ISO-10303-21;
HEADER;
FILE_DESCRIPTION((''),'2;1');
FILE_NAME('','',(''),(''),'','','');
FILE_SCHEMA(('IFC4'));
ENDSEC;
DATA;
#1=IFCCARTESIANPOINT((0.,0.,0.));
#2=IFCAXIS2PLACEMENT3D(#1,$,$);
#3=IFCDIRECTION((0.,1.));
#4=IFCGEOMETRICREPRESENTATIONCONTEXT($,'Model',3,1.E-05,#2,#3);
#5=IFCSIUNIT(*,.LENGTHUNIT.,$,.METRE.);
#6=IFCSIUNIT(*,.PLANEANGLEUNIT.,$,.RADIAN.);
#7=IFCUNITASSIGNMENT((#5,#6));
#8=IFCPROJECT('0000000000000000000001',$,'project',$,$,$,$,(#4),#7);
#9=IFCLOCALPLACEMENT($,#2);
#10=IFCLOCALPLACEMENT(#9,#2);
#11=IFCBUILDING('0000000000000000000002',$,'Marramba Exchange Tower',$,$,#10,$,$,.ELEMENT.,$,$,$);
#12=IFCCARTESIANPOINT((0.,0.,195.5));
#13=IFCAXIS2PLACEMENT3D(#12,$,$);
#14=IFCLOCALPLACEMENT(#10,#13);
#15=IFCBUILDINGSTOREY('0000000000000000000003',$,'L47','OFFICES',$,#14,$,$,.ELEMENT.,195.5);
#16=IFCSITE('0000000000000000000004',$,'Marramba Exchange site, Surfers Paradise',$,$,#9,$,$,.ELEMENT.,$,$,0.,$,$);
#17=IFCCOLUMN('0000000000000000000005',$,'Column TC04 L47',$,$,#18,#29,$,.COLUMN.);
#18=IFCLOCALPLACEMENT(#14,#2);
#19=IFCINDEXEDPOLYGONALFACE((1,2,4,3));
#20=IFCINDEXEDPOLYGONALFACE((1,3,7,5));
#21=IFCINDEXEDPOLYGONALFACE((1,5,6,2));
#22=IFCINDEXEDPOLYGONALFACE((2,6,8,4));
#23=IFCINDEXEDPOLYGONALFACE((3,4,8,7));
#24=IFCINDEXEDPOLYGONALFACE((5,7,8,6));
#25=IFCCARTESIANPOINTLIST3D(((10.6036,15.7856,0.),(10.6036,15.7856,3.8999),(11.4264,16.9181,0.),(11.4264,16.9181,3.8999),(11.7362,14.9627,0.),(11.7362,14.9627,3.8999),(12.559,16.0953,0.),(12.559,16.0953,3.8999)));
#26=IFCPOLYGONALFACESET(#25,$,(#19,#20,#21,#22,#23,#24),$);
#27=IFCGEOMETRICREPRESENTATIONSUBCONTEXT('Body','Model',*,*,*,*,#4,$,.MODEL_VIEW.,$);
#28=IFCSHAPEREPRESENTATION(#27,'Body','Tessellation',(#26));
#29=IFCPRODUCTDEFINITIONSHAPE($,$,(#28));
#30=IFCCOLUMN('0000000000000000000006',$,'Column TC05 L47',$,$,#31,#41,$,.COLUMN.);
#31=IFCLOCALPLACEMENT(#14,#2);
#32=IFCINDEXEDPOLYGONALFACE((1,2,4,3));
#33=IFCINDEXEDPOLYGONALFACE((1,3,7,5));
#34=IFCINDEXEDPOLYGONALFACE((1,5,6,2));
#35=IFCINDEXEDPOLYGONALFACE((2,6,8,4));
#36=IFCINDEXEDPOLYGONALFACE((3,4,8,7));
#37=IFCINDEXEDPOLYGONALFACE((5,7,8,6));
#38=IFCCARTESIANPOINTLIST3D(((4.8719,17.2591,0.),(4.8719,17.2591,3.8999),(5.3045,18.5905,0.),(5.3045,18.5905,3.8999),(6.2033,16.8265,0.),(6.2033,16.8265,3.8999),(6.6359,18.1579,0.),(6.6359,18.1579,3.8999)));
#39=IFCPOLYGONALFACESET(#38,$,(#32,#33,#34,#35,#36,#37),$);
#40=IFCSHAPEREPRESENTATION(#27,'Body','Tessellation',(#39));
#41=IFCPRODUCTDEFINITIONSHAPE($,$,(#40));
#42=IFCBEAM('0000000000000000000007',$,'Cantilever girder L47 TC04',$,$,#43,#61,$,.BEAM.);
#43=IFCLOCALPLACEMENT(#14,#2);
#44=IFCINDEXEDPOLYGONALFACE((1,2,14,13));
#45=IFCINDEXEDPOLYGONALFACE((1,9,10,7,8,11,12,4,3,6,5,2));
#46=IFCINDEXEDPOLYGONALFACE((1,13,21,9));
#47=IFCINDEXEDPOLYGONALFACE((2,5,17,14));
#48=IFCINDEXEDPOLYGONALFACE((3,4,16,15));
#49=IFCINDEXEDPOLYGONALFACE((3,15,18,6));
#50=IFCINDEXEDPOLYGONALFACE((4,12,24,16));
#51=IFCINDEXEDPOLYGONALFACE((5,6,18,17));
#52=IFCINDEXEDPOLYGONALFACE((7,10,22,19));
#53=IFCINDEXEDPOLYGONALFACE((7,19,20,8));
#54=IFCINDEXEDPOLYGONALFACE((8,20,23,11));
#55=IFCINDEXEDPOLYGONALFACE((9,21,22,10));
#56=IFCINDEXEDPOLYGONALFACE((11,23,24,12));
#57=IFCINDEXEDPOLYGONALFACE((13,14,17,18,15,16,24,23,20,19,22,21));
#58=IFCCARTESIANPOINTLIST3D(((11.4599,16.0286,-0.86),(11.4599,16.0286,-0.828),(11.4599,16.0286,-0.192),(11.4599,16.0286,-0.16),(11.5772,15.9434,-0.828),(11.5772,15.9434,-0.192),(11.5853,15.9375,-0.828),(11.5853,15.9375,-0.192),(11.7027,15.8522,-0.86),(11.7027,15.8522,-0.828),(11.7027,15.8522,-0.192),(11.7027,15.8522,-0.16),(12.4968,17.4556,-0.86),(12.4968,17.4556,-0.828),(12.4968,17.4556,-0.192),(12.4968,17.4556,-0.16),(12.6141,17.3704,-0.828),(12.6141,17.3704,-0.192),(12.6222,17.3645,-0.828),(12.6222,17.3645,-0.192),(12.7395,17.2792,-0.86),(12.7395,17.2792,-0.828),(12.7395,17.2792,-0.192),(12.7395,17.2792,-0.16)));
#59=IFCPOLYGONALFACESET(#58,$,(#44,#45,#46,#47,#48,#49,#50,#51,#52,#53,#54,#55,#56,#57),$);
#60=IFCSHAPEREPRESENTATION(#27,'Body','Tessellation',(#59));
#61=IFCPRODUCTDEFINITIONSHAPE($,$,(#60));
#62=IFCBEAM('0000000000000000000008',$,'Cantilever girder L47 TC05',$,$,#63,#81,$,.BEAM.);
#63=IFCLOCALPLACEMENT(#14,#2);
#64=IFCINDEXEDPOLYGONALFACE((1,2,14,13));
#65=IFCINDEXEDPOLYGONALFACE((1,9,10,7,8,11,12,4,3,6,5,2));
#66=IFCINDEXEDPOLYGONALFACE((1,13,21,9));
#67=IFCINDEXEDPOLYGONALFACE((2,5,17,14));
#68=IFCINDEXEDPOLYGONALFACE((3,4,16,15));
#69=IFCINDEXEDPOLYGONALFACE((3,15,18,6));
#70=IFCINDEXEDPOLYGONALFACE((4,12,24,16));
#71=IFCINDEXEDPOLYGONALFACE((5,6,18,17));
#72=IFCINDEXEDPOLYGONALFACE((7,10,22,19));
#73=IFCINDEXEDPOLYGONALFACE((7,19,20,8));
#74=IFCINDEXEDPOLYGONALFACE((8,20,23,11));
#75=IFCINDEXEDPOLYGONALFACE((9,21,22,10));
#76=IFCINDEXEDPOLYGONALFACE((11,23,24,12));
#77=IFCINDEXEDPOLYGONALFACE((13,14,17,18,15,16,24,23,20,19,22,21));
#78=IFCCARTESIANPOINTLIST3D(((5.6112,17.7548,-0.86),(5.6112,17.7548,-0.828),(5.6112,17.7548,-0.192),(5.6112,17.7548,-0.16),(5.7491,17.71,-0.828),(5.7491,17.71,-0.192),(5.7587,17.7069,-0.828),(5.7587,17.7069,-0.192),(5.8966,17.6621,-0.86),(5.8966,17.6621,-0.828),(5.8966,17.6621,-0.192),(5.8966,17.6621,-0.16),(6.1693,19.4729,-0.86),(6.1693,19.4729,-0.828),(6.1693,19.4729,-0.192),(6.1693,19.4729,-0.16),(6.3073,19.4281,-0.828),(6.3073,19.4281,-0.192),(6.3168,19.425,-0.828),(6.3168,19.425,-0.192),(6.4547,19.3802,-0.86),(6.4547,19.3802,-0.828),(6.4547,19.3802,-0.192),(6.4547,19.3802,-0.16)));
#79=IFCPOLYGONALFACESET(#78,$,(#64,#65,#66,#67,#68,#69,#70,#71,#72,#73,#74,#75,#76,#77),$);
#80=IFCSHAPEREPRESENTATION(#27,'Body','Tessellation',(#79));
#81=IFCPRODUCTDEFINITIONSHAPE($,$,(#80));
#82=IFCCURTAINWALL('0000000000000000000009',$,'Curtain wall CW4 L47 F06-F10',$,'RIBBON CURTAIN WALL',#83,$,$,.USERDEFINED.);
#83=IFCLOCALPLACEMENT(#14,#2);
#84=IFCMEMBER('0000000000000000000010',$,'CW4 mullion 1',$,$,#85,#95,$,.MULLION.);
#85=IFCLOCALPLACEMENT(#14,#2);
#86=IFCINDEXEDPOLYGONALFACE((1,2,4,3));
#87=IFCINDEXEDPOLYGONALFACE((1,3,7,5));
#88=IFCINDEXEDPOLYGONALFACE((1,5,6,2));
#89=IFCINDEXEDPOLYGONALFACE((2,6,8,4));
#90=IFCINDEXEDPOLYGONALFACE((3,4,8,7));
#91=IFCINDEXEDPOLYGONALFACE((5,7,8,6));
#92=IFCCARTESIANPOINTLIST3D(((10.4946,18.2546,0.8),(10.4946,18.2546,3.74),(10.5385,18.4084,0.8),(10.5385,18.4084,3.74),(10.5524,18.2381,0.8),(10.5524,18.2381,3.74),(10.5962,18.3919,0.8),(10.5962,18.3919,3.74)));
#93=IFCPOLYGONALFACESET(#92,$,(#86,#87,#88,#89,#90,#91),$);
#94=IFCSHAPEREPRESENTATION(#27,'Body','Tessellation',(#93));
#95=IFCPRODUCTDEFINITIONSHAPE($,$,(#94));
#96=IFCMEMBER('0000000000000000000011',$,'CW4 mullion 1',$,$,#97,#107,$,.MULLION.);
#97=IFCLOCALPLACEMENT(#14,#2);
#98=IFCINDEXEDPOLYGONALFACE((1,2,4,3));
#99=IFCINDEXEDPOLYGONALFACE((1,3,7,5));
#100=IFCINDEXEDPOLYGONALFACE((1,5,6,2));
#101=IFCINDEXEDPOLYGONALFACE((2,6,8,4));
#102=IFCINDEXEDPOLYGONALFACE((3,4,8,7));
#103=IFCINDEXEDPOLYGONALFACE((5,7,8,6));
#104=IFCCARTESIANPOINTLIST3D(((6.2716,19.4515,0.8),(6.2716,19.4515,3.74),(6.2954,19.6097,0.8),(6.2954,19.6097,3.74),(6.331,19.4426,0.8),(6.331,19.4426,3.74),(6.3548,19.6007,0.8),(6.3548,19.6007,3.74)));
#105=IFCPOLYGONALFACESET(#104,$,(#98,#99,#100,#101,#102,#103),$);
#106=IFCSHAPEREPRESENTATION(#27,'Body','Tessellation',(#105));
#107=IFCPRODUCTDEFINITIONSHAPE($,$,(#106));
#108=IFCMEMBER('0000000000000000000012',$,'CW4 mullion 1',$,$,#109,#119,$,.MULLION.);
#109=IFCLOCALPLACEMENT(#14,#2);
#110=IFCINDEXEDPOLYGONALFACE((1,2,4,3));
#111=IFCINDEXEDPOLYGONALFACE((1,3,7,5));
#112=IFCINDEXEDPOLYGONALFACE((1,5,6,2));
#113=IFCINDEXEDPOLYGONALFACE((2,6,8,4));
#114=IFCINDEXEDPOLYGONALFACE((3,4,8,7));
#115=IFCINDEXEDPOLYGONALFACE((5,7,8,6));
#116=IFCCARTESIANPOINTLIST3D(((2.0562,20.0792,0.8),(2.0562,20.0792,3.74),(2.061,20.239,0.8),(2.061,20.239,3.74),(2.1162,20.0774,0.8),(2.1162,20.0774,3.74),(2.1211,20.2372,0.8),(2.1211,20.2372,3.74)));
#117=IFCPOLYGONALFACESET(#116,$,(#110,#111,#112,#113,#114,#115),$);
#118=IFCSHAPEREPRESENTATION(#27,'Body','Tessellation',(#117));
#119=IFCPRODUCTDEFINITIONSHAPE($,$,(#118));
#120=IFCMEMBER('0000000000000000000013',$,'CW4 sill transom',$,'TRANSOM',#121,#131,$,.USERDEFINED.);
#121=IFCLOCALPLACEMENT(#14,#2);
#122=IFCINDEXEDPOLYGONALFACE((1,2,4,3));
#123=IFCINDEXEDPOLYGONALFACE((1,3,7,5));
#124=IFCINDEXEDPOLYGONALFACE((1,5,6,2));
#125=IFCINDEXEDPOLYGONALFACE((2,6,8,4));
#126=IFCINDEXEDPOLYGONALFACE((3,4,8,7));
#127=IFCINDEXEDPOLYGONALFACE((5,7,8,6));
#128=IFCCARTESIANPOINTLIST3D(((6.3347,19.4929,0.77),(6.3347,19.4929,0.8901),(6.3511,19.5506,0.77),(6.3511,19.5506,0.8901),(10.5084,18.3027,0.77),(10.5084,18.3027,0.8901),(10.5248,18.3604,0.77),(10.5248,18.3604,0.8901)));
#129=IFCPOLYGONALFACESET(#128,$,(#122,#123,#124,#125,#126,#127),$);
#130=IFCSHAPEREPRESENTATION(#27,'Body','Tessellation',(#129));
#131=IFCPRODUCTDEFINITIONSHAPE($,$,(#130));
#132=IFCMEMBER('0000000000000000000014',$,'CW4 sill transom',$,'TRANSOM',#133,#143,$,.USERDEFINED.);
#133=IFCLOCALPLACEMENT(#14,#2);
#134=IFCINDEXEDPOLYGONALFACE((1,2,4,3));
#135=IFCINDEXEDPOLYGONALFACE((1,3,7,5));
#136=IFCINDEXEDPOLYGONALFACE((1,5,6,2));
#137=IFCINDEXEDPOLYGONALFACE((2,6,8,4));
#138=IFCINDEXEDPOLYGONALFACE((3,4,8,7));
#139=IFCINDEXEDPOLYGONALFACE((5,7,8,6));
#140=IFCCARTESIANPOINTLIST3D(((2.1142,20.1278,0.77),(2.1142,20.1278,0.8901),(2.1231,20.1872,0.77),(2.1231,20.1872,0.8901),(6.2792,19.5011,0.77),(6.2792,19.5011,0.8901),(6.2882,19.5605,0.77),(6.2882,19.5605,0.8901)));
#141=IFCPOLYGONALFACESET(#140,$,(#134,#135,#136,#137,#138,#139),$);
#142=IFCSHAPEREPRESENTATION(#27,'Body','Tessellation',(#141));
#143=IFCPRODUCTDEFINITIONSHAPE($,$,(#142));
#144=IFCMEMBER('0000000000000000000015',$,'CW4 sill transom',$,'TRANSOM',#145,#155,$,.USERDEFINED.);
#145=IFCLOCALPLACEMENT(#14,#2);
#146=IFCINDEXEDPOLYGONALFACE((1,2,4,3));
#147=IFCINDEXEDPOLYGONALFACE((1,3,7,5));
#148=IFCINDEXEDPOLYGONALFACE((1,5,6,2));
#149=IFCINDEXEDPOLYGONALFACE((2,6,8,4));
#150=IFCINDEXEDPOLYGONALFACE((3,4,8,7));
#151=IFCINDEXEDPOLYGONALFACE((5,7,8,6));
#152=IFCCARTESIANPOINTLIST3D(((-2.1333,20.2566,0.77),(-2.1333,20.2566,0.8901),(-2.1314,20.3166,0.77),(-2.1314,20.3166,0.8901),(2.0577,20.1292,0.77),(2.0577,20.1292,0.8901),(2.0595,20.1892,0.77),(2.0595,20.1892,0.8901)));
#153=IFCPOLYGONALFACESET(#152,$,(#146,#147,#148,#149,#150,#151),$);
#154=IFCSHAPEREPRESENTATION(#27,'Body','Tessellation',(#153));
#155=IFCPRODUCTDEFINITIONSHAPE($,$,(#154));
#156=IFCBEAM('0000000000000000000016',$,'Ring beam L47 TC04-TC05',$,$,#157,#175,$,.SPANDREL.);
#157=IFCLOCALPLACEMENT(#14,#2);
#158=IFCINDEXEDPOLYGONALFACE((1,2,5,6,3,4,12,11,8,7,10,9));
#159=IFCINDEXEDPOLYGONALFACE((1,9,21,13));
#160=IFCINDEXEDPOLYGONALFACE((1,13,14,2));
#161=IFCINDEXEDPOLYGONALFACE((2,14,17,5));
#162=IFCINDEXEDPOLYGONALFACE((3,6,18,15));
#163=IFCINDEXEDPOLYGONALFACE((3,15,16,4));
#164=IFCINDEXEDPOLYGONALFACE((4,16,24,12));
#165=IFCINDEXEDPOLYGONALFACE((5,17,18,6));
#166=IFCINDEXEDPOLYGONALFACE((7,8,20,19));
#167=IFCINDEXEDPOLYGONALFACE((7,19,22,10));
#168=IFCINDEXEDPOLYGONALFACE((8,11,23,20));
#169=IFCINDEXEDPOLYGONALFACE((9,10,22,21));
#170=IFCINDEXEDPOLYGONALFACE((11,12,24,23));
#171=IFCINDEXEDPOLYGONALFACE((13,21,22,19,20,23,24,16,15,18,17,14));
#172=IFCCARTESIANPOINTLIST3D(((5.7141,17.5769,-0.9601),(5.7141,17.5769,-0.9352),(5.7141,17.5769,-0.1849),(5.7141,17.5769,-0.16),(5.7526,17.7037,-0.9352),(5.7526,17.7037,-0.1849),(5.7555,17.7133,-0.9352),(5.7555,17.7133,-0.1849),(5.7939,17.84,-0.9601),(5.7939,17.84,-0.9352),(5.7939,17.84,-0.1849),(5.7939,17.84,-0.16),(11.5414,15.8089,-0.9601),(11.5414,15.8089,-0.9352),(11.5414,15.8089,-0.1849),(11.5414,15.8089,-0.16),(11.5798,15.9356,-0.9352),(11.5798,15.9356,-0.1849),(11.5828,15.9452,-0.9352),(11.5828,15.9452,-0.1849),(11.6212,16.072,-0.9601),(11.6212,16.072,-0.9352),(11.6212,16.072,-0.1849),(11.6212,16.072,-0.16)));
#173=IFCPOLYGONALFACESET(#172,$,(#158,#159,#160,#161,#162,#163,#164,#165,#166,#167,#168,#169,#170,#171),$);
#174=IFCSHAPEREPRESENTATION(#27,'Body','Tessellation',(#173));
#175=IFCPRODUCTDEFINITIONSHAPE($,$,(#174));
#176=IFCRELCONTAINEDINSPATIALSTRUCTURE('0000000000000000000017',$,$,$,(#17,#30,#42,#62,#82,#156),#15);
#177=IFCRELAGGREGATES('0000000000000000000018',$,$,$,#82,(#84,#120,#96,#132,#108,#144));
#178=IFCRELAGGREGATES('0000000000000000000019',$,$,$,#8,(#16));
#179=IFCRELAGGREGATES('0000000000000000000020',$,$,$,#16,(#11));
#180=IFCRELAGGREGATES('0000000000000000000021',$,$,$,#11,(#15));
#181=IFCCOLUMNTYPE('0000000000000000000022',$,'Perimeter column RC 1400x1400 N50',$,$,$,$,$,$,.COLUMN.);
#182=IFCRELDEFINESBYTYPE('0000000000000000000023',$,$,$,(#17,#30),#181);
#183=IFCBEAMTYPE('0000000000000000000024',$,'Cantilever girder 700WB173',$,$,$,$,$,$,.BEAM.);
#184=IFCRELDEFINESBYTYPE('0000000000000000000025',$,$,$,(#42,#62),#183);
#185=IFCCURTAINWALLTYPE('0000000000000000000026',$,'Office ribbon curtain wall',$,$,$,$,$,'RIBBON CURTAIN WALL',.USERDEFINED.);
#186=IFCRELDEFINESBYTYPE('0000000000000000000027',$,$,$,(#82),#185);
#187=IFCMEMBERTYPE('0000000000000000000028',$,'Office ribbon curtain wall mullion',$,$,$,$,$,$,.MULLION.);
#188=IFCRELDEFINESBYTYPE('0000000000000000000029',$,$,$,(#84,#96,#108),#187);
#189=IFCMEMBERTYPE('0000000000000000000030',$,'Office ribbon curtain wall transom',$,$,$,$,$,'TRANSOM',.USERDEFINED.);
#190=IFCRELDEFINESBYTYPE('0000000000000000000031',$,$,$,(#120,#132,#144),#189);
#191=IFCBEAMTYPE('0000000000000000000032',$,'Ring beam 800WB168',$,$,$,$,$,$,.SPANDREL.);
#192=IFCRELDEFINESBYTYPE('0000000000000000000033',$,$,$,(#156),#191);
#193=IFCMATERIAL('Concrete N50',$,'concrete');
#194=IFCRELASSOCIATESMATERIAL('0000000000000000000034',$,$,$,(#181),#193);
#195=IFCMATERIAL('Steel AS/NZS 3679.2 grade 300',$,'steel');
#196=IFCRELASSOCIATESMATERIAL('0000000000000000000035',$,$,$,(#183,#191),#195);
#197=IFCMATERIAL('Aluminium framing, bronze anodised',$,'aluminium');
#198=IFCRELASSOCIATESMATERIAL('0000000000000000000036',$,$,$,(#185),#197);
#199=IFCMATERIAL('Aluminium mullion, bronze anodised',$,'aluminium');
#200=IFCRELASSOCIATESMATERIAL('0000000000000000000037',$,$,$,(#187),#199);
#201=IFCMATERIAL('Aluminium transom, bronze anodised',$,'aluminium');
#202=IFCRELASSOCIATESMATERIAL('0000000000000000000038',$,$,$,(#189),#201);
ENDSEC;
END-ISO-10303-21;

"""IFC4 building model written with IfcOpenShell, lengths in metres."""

from ifc_helpers import new_model, si_unit, direction, frame, origin, origin_2d, place, context, subcontext, project, spatial, rectangle, i_section, extrude, material, material_profile, profile_set, type_object, element, aggregate, save


model = new_model("IFC4")

# Units and contexts
model_context = context("Model", 3, precision=1e-05, world=origin(), true_north=direction((0.0, 1.0)))
body_context = subcontext(model_context, "Body", "Model", "MODEL_VIEW")
ifc_project = project(units=[si_unit("LENGTHUNIT", "METRE"), si_unit("PLANEANGLEUNIT", "RADIAN")], contexts=[model_context])

# Site, building, storey
site_placement = place(None, origin())
site = spatial("IfcSite", under=ifc_project, at=site_placement, Name="Marramba Exchange site, Surfers Paradise", CompositionType="ELEMENT", RefElevation=0.0)
building_placement = place(site_placement, origin())
building = spatial("IfcBuilding", under=site, at=building_placement, Name="Marramba Exchange Tower", CompositionType="ELEMENT")
storey_placement = place(building_placement, frame((0.0, 0.0, 195.5)))
storey = spatial("IfcBuildingStorey", under=building, at=storey_placement, Name="L47", Description="OFFICES", CompositionType="ELEMENT", Elevation=195.5)

# Columns
ifc_material_1 = material(Name="Concrete N50", Category="concrete")
ifc_material_profile_1 = material_profile(ifc_material_1, rectangle(XDim=1.3999, YDim=1.3999, at=origin_2d()), Name="RC 1400x1400")
ifc_profile_set_1 = profile_set([ifc_material_profile_1], Name="Concrete N50")
column_type = type_object("IfcColumnType", Name="Perimeter column RC 1400x1400 N50", PredefinedType="COLUMN", material=ifc_profile_set_1)
for number, where, z_axis, x_axis, name in (
    (1, (11.5813, 15.9404, 0.0), (0.0, 0.0, 1.0), (0.587785, 0.809017, 0.0), "Column TC04 L47"),
    (2, (5.7539, 17.7085, 0.0), (0.0, 0.0, 1.0), (0.309017, 0.951057, 0.0), "Column TC05 L47"),
):
    element("IfcColumn", number, at=place(storey_placement, frame(where, z_axis=z_axis, x_axis=x_axis)), inside=storey, type_object=column_type, Name=name, PredefinedType="COLUMN", context=body_context, shape_type="SweptSolid", body=[
        extrude(rectangle(XDim=1.3999, YDim=1.3999, at=origin_2d()), origin(), (0.0, 0.0, 1.0), 3.8999),
    ])

# Beams
ifc_material_2 = material(Name="Steel AS/NZS 3679.2 grade 300", Category="steel")
ifc_material_profile_2 = material_profile(ifc_material_2, i_section(OverallWidth=0.3, OverallDepth=0.7, WebThickness=0.01, FlangeThickness=0.032, at=origin_2d()), Name="700WB173")
ifc_profile_set_2 = profile_set([ifc_material_profile_2], Name="Steel AS/NZS 3679.2 grade 300")
beam_type_1 = type_object("IfcBeamType", Name="Cantilever girder 700WB173", PredefinedType="BEAM", material=ifc_profile_set_2)
beam_1_placement = place(storey_placement, frame((11.5813, 15.9404, -0.51), z_axis=(0.587818, 0.808993, 0.0), x_axis=(-0.808993, 0.587818, 0.0)))
element("IfcBeam", 3, at=beam_1_placement, inside=storey, type_object=beam_type_1, Name="Cantilever girder L47 TC04", PredefinedType="BEAM", context=body_context, shape_type="SweptSolid", body=[
    extrude(i_section(OverallWidth=0.3, OverallDepth=0.7, WebThickness=0.01, FlangeThickness=0.032, at=origin_2d()), origin(), (0.0, 0.0, 1.0), 1.7639),
])
beam_2_placement = place(storey_placement, frame((5.7539, 17.7085, -0.51), z_axis=(0.308961, 0.951075, 0.0), x_axis=(-0.951075, 0.308961, 0.0)))
element("IfcBeam", 4, at=beam_2_placement, inside=storey, type_object=beam_type_1, Name="Cantilever girder L47 TC05", PredefinedType="BEAM", context=body_context, shape_type="SweptSolid", body=[
    extrude(i_section(OverallWidth=0.3, OverallDepth=0.7, WebThickness=0.01, FlangeThickness=0.032, at=origin_2d()), origin(), (0.0, 0.0, 1.0), 1.8064),
])

# Curtain wall, members
ifc_material_3 = material(Name="Aluminium framing, bronze anodised", Category="aluminium")
curtain_wall_type = type_object("IfcCurtainWallType", Name="Office ribbon curtain wall", ElementType="RIBBON CURTAIN WALL", PredefinedType="USERDEFINED", material=ifc_material_3)
curtain_wall_1_placement = place(storey_placement, origin())
curtain_wall_1 = element("IfcCurtainWall", 5, at=curtain_wall_1_placement, inside=storey, type_object=curtain_wall_type, Name="Curtain wall CW4 L47 F06-F10", ObjectType="RIBBON CURTAIN WALL", PredefinedType="USERDEFINED")
ifc_material_4 = material(Name="Aluminium mullion, bronze anodised", Category="aluminium")
ifc_material_profile_3 = material_profile(ifc_material_4, rectangle(XDim=0.1599, YDim=0.0601, at=origin_2d()), Name="CW4 mullion 60x160")
ifc_profile_set_3 = profile_set([ifc_material_profile_3], Name="Aluminium mullion, bronze anodised")
member_type_1 = type_object("IfcMemberType", Name="Office ribbon curtain wall mullion", PredefinedType="MULLION", material=ifc_profile_set_3)
member_1_placement = place(storey_placement, frame((10.5454, 18.3232, 0.8), z_axis=(0.0, 0.0, 1.0), x_axis=(-0.274248, -0.961659, 0.0)))
member_1 = element("IfcMember", 6, at=member_1_placement, type_object=member_type_1, Name="CW4 mullion 1", PredefinedType="MULLION", context=body_context, shape_type="SweptSolid", body=[
    extrude(rectangle(XDim=0.1599, YDim=0.0601, at=origin_2d()), origin(), (0.0, 0.0, 1.0), 2.9399),
])
member_2_placement = place(storey_placement, frame((6.3132, 19.5261, 0.8), z_axis=(0.0, 0.0, 1.0), x_axis=(-0.148795, -0.988868, 0.0)))
member_2 = element("IfcMember", 7, at=member_2_placement, type_object=member_type_1, Name="CW4 mullion 1", PredefinedType="MULLION", context=body_context, shape_type="SweptSolid", body=[
    extrude(rectangle(XDim=0.1599, YDim=0.0601, at=origin_2d()), origin(), (0.0, 0.0, 1.0), 2.9399),
])
member_3_placement = place(storey_placement, frame((2.0886, 20.1582, 0.8), z_axis=(0.0, 0.0, 1.0), x_axis=(-0.030394, -0.999538, 0.0)))
member_3 = element("IfcMember", 8, at=member_3_placement, type_object=member_type_1, Name="CW4 mullion 1", PredefinedType="MULLION", context=body_context, shape_type="SweptSolid", body=[
    extrude(rectangle(XDim=0.1599, YDim=0.0601, at=origin_2d()), origin(), (0.0, 0.0, 1.0), 2.9399),
])
ifc_material_5 = material(Name="Aluminium transom, bronze anodised", Category="aluminium")
ifc_material_profile_4 = material_profile(ifc_material_5, rectangle(XDim=0.0601, YDim=0.1201, at=origin_2d()), Name="CW4 transom 60x120")
ifc_profile_set_4 = profile_set([ifc_material_profile_4], Name="Aluminium transom, bronze anodised")
member_type_2 = type_object("IfcMemberType", Name="Office ribbon curtain wall transom", ElementType="TRANSOM", PredefinedType="USERDEFINED", material=ifc_profile_set_4)
member_4_placement = place(storey_placement, frame((10.5166, 18.3315, 0.8301), z_axis=(-0.961662, 0.274238, 0.0), x_axis=(-0.274238, -0.961662, 0.0)))
member_4 = element("IfcMember", 9, at=member_4_placement, type_object=member_type_2, Name="CW4 sill transom", ObjectType="TRANSOM", PredefinedType="USERDEFINED", context=body_context, shape_type="SweptSolid", body=[
    extrude(rectangle(XDim=0.0601, YDim=0.1201, at=origin_2d()), origin(), (0.0, 0.0, 1.0), 4.3401),
])
member_5_placement = place(storey_placement, frame((6.2837, 19.5308, 0.8301), z_axis=(-0.988868, 0.148794, 0.0), x_axis=(-0.148794, -0.988868, 0.0)))
member_5 = element("IfcMember", 10, at=member_5_placement, type_object=member_type_2, Name="CW4 sill transom", ObjectType="TRANSOM", PredefinedType="USERDEFINED", context=body_context, shape_type="SweptSolid", body=[
    extrude(rectangle(XDim=0.0601, YDim=0.1201, at=origin_2d()), origin(), (0.0, 0.0, 1.0), 4.2119),
])
member_6_placement = place(storey_placement, frame((2.0586, 20.1592, 0.8301), z_axis=(-0.999538, 0.030395, 0.0), x_axis=(-0.030395, -0.999538, 0.0)))
member_6 = element("IfcMember", 11, at=member_6_placement, type_object=member_type_2, Name="CW4 sill transom", ObjectType="TRANSOM", PredefinedType="USERDEFINED", context=body_context, shape_type="SweptSolid", body=[
    extrude(rectangle(XDim=0.0601, YDim=0.1201, at=origin_2d()), origin(), (0.0, 0.0, 1.0), 4.1929),
])

# Beam
ifc_material_profile_5 = material_profile(ifc_material_2, i_section(OverallWidth=0.2749, OverallDepth=0.8, WebThickness=0.01, FlangeThickness=0.0249, at=origin_2d()), Name="800WB168")
ifc_profile_set_5 = profile_set([ifc_material_profile_5], Name="Steel AS/NZS 3679.2 grade 300")
beam_type_2 = type_object("IfcBeamType", Name="Ring beam 800WB168", PredefinedType="SPANDREL", material=ifc_profile_set_5)
beam_3_placement = place(storey_placement, frame((11.5813, 15.9404, -0.5601), z_axis=(-0.956925, 0.290337, 0.0), x_axis=(-0.290337, -0.956925, 0.0)))
element("IfcBeam", 12, at=beam_3_placement, inside=storey, type_object=beam_type_2, Name="Ring beam L47 TC04-TC05", PredefinedType="SPANDREL", context=body_context, shape_type="SweptSolid", body=[
    extrude(i_section(OverallWidth=0.2749, OverallDepth=0.8, WebThickness=0.01, FlangeThickness=0.0249, at=origin_2d()), origin(), (0.0, 0.0, 1.0), 6.0896),
])

aggregate(curtain_wall_1, [member_1, member_4, member_2, member_5, member_3, member_6])

save(model, "model.ifc")
